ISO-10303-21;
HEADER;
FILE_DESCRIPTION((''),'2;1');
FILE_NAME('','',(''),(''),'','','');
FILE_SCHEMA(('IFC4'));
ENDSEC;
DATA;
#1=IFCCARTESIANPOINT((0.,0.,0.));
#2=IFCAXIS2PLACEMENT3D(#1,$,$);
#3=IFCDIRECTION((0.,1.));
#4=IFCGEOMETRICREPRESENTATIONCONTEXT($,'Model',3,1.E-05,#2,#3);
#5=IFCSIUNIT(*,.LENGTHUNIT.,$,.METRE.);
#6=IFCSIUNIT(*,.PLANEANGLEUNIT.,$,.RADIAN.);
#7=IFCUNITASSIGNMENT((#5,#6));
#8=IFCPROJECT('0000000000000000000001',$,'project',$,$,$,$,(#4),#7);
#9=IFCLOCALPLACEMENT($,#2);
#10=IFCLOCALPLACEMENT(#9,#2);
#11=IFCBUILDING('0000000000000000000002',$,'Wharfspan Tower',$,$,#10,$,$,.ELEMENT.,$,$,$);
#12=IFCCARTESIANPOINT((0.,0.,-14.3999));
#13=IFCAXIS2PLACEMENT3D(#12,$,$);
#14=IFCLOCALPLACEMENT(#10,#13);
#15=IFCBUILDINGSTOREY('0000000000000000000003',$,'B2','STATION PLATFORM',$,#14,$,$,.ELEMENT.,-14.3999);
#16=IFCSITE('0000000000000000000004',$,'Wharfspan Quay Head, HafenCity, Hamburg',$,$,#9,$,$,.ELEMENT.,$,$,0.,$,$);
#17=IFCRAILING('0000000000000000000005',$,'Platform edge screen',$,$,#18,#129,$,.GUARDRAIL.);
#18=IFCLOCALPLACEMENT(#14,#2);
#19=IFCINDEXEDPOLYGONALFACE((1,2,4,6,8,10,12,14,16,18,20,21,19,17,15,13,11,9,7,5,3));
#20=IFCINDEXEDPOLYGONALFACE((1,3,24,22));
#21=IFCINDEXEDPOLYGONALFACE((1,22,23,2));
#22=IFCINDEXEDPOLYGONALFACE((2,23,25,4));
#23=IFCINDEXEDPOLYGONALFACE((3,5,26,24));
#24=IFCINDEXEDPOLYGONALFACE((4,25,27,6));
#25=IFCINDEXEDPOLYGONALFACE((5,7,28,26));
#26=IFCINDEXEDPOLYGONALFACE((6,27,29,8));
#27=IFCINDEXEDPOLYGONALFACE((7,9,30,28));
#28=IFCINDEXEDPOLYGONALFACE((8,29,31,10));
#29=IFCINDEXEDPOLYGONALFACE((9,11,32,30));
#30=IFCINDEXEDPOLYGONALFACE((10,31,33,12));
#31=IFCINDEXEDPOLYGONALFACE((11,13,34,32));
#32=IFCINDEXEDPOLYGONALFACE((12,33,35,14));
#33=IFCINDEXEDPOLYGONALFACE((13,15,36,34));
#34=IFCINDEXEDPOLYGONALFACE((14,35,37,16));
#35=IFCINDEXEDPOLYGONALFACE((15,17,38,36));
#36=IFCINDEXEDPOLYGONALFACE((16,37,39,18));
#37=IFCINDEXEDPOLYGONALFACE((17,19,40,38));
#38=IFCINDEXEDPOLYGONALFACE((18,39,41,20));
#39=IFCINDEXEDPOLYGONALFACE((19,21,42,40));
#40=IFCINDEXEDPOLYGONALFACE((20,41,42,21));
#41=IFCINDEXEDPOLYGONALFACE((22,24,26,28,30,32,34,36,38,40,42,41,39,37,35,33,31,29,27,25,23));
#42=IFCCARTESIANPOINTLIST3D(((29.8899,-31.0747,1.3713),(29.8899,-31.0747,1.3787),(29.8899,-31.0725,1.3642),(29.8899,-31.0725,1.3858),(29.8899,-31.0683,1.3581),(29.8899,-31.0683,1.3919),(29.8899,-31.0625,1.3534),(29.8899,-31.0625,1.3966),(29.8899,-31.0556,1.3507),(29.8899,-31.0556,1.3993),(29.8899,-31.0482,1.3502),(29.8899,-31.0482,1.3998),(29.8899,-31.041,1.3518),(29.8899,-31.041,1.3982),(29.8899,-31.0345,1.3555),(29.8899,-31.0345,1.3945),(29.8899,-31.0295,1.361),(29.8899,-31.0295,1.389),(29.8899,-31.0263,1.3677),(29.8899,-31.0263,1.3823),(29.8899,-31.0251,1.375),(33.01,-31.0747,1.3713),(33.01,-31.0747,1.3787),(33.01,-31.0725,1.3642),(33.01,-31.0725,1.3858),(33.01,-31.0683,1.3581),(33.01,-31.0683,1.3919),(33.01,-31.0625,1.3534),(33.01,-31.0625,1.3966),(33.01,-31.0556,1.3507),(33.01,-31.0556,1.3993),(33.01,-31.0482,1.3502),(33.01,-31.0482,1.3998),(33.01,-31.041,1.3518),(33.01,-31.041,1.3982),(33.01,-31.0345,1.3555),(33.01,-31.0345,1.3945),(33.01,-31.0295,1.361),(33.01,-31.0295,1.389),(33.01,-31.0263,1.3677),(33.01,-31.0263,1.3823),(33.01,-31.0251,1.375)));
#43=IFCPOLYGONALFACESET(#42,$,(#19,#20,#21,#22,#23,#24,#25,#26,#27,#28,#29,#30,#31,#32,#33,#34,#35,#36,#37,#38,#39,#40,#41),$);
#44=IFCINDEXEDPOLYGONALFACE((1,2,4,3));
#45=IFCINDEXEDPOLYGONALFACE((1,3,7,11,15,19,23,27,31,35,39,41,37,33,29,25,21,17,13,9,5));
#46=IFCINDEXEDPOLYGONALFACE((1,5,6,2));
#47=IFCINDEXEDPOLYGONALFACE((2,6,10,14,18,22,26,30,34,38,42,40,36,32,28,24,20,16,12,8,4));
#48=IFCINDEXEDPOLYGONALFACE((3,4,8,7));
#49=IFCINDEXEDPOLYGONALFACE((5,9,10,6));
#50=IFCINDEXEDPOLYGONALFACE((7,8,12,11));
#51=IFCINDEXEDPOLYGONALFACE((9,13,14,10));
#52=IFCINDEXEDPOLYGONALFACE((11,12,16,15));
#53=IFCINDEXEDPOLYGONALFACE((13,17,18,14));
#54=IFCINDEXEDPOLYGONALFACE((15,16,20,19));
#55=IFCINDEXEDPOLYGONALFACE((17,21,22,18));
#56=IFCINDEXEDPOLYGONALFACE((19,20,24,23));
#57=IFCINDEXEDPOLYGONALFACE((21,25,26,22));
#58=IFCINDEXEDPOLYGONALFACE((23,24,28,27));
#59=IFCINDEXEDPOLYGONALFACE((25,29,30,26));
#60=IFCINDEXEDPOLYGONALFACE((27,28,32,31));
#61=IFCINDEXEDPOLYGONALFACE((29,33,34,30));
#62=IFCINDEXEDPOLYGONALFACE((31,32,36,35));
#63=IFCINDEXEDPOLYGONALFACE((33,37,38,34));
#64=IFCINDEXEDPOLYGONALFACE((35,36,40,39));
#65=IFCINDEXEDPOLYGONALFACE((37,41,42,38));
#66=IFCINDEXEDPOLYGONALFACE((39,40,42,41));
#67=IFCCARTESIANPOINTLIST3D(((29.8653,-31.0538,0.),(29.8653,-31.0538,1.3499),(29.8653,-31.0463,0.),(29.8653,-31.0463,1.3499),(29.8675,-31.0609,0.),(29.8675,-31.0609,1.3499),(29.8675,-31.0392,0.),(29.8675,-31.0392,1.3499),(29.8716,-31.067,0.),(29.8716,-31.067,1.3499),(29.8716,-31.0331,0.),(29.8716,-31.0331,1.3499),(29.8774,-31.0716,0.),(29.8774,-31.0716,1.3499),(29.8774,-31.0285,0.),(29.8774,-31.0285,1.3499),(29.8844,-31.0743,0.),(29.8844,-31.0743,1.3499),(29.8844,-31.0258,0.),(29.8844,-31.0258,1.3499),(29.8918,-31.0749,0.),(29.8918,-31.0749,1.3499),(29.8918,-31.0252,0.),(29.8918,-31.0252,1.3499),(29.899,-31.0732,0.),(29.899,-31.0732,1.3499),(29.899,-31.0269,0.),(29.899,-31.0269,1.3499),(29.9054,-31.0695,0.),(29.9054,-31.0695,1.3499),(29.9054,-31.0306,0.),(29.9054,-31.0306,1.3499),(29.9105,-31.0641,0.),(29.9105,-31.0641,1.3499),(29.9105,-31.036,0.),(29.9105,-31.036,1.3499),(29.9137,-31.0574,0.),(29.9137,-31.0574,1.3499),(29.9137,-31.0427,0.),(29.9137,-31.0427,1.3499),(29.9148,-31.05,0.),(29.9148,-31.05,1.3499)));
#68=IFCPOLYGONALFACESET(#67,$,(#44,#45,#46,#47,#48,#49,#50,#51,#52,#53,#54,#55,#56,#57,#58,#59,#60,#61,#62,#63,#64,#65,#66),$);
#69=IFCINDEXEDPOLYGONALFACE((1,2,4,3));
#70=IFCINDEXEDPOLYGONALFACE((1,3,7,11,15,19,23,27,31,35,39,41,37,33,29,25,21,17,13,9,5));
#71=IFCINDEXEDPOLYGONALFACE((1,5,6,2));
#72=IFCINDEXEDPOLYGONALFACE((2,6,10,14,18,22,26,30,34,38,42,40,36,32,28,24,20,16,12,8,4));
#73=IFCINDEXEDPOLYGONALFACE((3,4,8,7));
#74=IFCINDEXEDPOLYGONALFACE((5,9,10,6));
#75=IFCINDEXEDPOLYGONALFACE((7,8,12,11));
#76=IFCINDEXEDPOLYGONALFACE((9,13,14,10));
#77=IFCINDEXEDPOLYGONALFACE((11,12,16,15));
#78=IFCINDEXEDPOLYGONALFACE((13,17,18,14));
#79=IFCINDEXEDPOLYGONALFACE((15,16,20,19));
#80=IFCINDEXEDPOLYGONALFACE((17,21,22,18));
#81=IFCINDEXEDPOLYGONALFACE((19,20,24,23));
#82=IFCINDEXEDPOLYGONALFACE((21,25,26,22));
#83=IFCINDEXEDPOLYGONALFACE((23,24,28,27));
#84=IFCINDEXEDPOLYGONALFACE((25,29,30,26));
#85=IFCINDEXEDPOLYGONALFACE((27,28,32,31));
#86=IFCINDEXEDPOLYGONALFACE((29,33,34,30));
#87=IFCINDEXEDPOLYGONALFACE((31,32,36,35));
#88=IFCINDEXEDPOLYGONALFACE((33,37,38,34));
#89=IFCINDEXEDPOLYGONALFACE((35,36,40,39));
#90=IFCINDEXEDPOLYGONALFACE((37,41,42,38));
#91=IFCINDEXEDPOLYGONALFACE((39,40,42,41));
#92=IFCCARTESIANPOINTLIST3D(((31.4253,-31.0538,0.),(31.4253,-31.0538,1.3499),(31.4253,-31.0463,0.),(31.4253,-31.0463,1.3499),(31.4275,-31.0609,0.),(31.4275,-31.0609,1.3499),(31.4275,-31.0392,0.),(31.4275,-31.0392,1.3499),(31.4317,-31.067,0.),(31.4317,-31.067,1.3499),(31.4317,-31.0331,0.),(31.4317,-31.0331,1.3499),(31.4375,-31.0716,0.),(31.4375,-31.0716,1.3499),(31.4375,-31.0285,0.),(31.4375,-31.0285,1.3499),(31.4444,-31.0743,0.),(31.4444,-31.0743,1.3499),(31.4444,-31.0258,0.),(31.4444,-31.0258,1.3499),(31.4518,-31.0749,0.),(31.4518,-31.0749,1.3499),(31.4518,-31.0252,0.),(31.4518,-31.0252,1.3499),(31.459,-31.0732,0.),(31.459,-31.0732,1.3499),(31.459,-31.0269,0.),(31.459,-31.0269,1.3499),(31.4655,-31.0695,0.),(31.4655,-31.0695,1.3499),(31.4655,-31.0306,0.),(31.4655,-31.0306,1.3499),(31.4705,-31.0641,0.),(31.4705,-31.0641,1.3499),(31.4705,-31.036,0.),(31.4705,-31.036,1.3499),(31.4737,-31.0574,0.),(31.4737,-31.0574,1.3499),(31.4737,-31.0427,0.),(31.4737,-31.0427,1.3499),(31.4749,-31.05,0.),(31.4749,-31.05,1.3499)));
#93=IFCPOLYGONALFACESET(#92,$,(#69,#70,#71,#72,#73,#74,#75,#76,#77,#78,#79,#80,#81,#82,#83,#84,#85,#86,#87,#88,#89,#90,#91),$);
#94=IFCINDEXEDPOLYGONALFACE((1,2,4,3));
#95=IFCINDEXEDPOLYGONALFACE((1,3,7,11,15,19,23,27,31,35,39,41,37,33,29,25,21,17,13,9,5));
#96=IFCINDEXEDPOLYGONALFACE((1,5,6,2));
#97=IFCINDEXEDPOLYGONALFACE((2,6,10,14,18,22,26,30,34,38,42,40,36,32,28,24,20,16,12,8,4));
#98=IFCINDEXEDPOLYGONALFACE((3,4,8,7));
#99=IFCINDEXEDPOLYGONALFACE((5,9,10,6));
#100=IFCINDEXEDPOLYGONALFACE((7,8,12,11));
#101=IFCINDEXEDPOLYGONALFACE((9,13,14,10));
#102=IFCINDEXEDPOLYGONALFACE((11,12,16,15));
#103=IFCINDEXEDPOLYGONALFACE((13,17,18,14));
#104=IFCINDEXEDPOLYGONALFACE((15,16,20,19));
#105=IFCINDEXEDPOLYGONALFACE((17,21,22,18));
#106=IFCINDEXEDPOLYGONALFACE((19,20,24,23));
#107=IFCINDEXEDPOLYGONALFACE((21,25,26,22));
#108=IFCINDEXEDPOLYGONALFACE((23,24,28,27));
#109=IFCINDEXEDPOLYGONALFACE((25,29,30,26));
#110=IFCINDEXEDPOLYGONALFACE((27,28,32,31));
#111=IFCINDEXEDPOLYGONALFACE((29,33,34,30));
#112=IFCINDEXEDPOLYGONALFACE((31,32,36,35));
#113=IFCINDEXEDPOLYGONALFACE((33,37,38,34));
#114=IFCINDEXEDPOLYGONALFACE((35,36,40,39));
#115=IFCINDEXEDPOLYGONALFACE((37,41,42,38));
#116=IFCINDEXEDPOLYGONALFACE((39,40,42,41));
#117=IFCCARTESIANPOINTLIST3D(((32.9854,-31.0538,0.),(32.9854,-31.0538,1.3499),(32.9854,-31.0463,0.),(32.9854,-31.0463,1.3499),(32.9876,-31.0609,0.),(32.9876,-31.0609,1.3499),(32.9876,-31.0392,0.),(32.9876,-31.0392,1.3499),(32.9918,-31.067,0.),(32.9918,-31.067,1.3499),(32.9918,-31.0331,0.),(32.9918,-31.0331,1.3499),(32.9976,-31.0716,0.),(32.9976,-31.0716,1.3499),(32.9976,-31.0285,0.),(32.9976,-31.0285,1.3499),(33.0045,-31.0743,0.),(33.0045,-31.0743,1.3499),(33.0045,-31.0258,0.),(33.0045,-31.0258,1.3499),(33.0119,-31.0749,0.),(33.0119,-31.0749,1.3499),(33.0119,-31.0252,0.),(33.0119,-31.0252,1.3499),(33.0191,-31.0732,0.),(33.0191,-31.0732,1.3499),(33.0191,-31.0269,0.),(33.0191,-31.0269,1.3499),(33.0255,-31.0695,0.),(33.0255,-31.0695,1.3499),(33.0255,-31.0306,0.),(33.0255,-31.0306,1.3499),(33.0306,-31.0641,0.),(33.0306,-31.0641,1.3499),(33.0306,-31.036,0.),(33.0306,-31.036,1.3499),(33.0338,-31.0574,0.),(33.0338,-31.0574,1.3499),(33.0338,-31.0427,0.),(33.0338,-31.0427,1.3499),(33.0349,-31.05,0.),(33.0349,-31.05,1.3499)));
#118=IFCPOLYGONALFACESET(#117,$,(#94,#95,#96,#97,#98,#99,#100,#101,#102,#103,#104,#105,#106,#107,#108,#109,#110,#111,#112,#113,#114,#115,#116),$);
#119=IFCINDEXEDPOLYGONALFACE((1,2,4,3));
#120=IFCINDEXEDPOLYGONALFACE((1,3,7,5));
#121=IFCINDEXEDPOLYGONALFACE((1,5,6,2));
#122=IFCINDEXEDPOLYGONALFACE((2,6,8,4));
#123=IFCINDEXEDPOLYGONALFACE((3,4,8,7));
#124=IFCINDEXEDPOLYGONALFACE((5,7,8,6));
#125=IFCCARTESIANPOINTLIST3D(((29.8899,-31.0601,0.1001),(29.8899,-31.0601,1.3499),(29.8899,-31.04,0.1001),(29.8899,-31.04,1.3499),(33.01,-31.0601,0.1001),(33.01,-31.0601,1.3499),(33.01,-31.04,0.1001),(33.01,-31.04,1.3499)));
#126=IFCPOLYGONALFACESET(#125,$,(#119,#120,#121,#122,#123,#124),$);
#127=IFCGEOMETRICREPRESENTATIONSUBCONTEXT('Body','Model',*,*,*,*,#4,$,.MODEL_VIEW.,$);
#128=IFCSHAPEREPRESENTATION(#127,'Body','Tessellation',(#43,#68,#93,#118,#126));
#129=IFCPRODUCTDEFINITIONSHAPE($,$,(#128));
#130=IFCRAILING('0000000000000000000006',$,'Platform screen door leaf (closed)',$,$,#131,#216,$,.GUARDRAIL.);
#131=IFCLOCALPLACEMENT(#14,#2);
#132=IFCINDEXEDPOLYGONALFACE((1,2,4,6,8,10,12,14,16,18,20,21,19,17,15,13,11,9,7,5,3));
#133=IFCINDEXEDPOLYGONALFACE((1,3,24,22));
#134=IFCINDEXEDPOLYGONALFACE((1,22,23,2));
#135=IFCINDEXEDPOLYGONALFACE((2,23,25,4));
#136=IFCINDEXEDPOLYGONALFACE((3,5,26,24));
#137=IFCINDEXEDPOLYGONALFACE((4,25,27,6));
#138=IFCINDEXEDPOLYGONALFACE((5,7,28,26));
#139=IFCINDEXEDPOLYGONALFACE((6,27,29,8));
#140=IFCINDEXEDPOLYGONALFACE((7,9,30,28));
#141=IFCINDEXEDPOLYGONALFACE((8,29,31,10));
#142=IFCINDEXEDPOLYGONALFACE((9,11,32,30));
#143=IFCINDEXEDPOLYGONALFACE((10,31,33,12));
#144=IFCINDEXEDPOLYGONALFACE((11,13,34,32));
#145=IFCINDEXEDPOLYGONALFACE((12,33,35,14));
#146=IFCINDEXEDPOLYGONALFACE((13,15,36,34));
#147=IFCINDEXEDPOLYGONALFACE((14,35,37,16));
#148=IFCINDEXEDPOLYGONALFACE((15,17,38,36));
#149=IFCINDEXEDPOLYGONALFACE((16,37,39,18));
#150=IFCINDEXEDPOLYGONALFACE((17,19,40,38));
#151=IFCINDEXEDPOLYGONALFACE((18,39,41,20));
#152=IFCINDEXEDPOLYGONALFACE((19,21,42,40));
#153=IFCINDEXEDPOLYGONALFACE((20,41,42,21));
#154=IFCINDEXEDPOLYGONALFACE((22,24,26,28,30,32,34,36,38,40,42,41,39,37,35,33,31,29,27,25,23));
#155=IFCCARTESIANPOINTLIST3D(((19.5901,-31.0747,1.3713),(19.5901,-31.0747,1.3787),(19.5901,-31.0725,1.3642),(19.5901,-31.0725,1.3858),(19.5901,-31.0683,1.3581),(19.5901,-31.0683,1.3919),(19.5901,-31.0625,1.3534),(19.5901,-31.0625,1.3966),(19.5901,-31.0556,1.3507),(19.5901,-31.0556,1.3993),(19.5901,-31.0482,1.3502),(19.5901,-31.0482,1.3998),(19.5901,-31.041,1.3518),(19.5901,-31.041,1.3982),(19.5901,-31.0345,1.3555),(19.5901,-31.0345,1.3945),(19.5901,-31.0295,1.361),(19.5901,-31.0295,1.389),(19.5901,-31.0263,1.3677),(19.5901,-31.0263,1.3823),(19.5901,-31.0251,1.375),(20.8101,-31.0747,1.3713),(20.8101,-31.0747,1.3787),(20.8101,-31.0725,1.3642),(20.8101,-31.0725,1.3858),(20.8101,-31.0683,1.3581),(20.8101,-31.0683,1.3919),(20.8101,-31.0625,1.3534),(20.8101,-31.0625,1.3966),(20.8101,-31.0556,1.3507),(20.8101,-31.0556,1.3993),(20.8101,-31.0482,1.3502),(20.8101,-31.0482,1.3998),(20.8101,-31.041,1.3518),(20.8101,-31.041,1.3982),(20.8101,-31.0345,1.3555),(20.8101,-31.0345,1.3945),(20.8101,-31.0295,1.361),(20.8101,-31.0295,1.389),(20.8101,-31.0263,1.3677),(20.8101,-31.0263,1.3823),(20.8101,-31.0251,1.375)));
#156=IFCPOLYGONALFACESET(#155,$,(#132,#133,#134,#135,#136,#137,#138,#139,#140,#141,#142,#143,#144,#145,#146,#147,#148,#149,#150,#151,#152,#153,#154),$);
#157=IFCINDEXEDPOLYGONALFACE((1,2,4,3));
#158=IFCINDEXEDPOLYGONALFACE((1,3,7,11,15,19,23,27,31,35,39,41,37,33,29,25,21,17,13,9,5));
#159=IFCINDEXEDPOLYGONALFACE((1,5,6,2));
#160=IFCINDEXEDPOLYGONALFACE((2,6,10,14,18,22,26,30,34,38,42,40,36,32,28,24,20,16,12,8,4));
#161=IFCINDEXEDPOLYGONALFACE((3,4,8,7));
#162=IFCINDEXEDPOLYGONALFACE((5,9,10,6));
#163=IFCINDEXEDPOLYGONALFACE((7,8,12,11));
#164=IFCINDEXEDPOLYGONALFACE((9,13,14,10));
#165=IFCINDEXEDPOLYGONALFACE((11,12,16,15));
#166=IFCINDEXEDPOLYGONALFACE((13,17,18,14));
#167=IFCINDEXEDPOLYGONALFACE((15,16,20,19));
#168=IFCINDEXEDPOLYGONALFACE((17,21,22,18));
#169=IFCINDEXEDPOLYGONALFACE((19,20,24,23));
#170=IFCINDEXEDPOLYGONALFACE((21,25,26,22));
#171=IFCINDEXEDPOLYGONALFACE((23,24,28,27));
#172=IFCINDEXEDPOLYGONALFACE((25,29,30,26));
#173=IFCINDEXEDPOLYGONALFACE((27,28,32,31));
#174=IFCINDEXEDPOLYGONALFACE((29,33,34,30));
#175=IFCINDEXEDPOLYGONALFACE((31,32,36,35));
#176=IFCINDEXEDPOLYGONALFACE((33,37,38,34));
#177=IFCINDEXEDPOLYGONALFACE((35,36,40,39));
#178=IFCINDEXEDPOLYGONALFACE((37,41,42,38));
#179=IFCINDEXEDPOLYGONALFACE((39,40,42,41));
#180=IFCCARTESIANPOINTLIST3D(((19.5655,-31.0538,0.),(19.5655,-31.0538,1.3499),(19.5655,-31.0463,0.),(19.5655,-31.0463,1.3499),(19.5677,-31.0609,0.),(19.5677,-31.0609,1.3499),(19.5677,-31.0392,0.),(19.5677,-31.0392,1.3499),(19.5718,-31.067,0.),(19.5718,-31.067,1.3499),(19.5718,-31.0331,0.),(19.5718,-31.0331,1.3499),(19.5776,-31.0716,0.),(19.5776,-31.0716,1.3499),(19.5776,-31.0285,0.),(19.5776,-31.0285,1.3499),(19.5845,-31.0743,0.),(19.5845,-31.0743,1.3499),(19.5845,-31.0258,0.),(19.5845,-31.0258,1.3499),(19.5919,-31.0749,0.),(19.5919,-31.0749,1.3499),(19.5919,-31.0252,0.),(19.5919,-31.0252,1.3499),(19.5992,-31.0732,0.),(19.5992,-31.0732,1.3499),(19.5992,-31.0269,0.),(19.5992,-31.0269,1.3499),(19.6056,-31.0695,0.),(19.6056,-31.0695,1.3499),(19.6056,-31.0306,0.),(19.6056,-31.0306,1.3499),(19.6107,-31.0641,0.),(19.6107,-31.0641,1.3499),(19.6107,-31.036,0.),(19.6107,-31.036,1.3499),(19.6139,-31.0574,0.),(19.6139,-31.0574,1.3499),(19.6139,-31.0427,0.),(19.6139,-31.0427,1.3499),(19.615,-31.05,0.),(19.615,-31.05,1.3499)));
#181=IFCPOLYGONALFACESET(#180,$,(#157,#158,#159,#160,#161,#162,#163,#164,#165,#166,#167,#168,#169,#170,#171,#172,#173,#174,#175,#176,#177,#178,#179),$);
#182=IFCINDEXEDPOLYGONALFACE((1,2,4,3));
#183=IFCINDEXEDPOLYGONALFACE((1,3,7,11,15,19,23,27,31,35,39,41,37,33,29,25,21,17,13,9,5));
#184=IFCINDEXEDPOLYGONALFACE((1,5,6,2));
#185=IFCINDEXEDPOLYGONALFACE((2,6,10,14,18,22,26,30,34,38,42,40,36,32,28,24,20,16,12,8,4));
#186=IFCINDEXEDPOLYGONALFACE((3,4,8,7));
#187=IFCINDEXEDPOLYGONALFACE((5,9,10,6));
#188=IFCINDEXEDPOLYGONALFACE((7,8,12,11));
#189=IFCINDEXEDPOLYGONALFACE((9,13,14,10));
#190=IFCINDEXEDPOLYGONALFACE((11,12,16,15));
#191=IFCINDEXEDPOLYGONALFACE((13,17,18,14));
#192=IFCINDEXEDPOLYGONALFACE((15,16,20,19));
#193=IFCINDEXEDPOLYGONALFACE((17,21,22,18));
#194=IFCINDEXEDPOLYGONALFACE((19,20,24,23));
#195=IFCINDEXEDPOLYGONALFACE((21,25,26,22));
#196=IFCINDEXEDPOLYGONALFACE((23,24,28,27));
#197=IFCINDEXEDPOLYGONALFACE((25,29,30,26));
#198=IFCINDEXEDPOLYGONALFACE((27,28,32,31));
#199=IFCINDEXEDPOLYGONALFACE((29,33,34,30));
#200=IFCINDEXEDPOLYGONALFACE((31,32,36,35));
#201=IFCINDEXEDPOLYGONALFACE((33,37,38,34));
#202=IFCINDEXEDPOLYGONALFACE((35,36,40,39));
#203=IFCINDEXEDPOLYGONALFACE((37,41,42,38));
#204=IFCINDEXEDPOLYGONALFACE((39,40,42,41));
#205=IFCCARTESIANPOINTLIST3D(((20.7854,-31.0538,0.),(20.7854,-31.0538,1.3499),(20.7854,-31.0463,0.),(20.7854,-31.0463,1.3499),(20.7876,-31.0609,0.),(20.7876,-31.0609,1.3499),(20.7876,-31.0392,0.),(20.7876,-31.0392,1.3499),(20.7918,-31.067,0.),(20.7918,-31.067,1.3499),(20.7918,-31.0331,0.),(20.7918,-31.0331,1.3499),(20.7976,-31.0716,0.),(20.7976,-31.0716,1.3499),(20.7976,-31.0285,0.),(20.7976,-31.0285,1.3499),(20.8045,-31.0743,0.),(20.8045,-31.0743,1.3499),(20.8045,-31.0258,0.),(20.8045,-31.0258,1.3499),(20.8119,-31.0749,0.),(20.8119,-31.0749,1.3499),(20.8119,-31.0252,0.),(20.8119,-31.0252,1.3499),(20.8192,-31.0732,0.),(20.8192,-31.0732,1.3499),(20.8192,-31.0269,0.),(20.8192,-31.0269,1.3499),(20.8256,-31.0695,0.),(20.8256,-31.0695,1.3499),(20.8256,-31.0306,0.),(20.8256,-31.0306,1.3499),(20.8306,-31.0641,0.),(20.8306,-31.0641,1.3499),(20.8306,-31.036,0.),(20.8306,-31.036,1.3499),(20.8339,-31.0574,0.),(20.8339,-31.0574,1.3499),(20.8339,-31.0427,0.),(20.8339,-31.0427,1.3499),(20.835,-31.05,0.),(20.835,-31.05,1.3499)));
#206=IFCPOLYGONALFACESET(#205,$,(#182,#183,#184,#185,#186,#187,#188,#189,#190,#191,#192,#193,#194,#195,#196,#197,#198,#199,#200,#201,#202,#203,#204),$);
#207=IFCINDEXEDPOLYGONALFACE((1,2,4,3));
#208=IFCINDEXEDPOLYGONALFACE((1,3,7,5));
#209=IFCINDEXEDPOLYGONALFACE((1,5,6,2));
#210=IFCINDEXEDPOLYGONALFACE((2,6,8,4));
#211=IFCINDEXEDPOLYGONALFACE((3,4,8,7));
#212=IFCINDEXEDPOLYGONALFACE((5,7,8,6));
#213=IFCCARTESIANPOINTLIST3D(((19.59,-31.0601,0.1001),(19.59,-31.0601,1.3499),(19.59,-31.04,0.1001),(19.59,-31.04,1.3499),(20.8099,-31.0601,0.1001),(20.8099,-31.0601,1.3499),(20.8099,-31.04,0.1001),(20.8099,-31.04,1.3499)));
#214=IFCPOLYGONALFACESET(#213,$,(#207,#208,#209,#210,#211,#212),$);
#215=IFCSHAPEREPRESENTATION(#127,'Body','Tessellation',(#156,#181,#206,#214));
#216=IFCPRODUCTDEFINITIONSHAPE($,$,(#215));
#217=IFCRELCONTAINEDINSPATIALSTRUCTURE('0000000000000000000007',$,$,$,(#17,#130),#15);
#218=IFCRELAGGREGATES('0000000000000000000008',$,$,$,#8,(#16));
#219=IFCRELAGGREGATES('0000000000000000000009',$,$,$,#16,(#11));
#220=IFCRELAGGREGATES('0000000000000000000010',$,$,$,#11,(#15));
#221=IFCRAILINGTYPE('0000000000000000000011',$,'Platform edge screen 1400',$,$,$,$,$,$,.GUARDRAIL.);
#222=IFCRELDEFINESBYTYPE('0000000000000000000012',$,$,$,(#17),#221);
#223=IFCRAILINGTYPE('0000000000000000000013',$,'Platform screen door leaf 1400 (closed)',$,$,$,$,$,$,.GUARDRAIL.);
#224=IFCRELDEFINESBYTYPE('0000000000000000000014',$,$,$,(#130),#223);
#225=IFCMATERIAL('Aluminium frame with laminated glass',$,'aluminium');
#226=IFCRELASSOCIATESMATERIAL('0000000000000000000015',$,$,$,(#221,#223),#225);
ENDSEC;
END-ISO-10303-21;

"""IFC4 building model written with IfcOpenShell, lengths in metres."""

from ifc_helpers import new_model, si_unit, direction, frame, origin, origin_2d, place, context, subcontext, project, spatial, rectangle, circle, extrude, material, type_object, element, save


model = new_model("IFC4")

# Units and contexts
model_context = context("Model", 3, precision=1e-05, world=origin(), true_north=direction((0.0, 1.0)))
body_context = subcontext(model_context, "Body", "Model", "MODEL_VIEW")
ifc_project = project(units=[si_unit("LENGTHUNIT", "METRE"), si_unit("PLANEANGLEUNIT", "RADIAN")], contexts=[model_context])

# Site, building, storey
site_placement = place(None, origin())
site = spatial("IfcSite", under=ifc_project, at=site_placement, Name="Wharfspan Quay Head, HafenCity, Hamburg", CompositionType="ELEMENT", RefElevation=0.0)
building_placement = place(site_placement, origin())
building = spatial("IfcBuilding", under=site, at=building_placement, Name="Wharfspan Tower", CompositionType="ELEMENT")
storey_placement = place(building_placement, frame((0.0, 0.0, -14.3999)))
storey = spatial("IfcBuildingStorey", under=building, at=storey_placement, Name="B2", Description="STATION PLATFORM", CompositionType="ELEMENT", Elevation=-14.3999)

# Railings
ifc_material_1 = material(Name="Aluminium frame with laminated glass", Category="aluminium")
railing_type_1 = type_object("IfcRailingType", Name="Platform edge screen 1400", PredefinedType="GUARDRAIL", material=ifc_material_1)
for number, where, name in (
    (1, (29.8899, -31.05, 0.0), "Platform edge screen"),
):
    element("IfcRailing", number, at=place(storey_placement, frame(where)), inside=storey, type_object=railing_type_1, Name=name, PredefinedType="GUARDRAIL", context=body_context, shape_type="SweptSolid", body=[
        extrude(circle(Radius=0.0249, at=origin_2d()), frame((0.0, 0.0, 1.375), z_axis=(1.0, 0.0, 0.0), x_axis=(0.0, 1.0, 0.0)), (0.0, 0.0, 1.0), 3.1201),
        extrude(circle(Radius=0.0249, at=origin_2d()), origin(), (0.0, 0.0, 1.0), 1.3499),
        extrude(circle(Radius=0.0249, at=origin_2d()), frame((1.5601, 0.0, 0.0)), (0.0, 0.0, 1.0), 1.3499),
        extrude(circle(Radius=0.0249, at=origin_2d()), frame((3.1201, 0.0, 0.0)), (0.0, 0.0, 1.0), 1.3499),
        extrude(rectangle(XDim=3.1201, YDim=0.02, at=origin_2d()), frame((1.5601, 0.0, 0.1001), z_axis=(0.0, 0.0, 1.0), x_axis=(1.0, 0.0, 0.0)), (0.0, 0.0, 1.0), 1.2498),
    ])
railing_type_2 = type_object("IfcRailingType", Name="Platform screen door leaf 1400 (closed)", PredefinedType="GUARDRAIL", material=ifc_material_1)
for number, where, name in (
    (2, (19.5901, -31.05, 0.0), "Platform screen door leaf (closed)"),
):
    element("IfcRailing", number, at=place(storey_placement, frame(where)), inside=storey, type_object=railing_type_2, Name=name, PredefinedType="GUARDRAIL", context=body_context, shape_type="SweptSolid", body=[
        extrude(circle(Radius=0.0249, at=origin_2d()), frame((0.0, 0.0, 1.375), z_axis=(1.0, 0.0, 0.0), x_axis=(0.0, 1.0, 0.0)), (0.0, 0.0, 1.0), 1.22),
        extrude(circle(Radius=0.0249, at=origin_2d()), origin(), (0.0, 0.0, 1.0), 1.3499),
        extrude(circle(Radius=0.0249, at=origin_2d()), frame((1.22, 0.0, 0.0)), (0.0, 0.0, 1.0), 1.3499),
        extrude(rectangle(XDim=1.22, YDim=0.02, at=origin_2d()), frame((0.6099, 0.0, 0.1001), z_axis=(0.0, 0.0, 1.0), x_axis=(1.0, 0.0, 0.0)), (0.0, 0.0, 1.0), 1.2498),
    ])

save(model, "model.ifc")
